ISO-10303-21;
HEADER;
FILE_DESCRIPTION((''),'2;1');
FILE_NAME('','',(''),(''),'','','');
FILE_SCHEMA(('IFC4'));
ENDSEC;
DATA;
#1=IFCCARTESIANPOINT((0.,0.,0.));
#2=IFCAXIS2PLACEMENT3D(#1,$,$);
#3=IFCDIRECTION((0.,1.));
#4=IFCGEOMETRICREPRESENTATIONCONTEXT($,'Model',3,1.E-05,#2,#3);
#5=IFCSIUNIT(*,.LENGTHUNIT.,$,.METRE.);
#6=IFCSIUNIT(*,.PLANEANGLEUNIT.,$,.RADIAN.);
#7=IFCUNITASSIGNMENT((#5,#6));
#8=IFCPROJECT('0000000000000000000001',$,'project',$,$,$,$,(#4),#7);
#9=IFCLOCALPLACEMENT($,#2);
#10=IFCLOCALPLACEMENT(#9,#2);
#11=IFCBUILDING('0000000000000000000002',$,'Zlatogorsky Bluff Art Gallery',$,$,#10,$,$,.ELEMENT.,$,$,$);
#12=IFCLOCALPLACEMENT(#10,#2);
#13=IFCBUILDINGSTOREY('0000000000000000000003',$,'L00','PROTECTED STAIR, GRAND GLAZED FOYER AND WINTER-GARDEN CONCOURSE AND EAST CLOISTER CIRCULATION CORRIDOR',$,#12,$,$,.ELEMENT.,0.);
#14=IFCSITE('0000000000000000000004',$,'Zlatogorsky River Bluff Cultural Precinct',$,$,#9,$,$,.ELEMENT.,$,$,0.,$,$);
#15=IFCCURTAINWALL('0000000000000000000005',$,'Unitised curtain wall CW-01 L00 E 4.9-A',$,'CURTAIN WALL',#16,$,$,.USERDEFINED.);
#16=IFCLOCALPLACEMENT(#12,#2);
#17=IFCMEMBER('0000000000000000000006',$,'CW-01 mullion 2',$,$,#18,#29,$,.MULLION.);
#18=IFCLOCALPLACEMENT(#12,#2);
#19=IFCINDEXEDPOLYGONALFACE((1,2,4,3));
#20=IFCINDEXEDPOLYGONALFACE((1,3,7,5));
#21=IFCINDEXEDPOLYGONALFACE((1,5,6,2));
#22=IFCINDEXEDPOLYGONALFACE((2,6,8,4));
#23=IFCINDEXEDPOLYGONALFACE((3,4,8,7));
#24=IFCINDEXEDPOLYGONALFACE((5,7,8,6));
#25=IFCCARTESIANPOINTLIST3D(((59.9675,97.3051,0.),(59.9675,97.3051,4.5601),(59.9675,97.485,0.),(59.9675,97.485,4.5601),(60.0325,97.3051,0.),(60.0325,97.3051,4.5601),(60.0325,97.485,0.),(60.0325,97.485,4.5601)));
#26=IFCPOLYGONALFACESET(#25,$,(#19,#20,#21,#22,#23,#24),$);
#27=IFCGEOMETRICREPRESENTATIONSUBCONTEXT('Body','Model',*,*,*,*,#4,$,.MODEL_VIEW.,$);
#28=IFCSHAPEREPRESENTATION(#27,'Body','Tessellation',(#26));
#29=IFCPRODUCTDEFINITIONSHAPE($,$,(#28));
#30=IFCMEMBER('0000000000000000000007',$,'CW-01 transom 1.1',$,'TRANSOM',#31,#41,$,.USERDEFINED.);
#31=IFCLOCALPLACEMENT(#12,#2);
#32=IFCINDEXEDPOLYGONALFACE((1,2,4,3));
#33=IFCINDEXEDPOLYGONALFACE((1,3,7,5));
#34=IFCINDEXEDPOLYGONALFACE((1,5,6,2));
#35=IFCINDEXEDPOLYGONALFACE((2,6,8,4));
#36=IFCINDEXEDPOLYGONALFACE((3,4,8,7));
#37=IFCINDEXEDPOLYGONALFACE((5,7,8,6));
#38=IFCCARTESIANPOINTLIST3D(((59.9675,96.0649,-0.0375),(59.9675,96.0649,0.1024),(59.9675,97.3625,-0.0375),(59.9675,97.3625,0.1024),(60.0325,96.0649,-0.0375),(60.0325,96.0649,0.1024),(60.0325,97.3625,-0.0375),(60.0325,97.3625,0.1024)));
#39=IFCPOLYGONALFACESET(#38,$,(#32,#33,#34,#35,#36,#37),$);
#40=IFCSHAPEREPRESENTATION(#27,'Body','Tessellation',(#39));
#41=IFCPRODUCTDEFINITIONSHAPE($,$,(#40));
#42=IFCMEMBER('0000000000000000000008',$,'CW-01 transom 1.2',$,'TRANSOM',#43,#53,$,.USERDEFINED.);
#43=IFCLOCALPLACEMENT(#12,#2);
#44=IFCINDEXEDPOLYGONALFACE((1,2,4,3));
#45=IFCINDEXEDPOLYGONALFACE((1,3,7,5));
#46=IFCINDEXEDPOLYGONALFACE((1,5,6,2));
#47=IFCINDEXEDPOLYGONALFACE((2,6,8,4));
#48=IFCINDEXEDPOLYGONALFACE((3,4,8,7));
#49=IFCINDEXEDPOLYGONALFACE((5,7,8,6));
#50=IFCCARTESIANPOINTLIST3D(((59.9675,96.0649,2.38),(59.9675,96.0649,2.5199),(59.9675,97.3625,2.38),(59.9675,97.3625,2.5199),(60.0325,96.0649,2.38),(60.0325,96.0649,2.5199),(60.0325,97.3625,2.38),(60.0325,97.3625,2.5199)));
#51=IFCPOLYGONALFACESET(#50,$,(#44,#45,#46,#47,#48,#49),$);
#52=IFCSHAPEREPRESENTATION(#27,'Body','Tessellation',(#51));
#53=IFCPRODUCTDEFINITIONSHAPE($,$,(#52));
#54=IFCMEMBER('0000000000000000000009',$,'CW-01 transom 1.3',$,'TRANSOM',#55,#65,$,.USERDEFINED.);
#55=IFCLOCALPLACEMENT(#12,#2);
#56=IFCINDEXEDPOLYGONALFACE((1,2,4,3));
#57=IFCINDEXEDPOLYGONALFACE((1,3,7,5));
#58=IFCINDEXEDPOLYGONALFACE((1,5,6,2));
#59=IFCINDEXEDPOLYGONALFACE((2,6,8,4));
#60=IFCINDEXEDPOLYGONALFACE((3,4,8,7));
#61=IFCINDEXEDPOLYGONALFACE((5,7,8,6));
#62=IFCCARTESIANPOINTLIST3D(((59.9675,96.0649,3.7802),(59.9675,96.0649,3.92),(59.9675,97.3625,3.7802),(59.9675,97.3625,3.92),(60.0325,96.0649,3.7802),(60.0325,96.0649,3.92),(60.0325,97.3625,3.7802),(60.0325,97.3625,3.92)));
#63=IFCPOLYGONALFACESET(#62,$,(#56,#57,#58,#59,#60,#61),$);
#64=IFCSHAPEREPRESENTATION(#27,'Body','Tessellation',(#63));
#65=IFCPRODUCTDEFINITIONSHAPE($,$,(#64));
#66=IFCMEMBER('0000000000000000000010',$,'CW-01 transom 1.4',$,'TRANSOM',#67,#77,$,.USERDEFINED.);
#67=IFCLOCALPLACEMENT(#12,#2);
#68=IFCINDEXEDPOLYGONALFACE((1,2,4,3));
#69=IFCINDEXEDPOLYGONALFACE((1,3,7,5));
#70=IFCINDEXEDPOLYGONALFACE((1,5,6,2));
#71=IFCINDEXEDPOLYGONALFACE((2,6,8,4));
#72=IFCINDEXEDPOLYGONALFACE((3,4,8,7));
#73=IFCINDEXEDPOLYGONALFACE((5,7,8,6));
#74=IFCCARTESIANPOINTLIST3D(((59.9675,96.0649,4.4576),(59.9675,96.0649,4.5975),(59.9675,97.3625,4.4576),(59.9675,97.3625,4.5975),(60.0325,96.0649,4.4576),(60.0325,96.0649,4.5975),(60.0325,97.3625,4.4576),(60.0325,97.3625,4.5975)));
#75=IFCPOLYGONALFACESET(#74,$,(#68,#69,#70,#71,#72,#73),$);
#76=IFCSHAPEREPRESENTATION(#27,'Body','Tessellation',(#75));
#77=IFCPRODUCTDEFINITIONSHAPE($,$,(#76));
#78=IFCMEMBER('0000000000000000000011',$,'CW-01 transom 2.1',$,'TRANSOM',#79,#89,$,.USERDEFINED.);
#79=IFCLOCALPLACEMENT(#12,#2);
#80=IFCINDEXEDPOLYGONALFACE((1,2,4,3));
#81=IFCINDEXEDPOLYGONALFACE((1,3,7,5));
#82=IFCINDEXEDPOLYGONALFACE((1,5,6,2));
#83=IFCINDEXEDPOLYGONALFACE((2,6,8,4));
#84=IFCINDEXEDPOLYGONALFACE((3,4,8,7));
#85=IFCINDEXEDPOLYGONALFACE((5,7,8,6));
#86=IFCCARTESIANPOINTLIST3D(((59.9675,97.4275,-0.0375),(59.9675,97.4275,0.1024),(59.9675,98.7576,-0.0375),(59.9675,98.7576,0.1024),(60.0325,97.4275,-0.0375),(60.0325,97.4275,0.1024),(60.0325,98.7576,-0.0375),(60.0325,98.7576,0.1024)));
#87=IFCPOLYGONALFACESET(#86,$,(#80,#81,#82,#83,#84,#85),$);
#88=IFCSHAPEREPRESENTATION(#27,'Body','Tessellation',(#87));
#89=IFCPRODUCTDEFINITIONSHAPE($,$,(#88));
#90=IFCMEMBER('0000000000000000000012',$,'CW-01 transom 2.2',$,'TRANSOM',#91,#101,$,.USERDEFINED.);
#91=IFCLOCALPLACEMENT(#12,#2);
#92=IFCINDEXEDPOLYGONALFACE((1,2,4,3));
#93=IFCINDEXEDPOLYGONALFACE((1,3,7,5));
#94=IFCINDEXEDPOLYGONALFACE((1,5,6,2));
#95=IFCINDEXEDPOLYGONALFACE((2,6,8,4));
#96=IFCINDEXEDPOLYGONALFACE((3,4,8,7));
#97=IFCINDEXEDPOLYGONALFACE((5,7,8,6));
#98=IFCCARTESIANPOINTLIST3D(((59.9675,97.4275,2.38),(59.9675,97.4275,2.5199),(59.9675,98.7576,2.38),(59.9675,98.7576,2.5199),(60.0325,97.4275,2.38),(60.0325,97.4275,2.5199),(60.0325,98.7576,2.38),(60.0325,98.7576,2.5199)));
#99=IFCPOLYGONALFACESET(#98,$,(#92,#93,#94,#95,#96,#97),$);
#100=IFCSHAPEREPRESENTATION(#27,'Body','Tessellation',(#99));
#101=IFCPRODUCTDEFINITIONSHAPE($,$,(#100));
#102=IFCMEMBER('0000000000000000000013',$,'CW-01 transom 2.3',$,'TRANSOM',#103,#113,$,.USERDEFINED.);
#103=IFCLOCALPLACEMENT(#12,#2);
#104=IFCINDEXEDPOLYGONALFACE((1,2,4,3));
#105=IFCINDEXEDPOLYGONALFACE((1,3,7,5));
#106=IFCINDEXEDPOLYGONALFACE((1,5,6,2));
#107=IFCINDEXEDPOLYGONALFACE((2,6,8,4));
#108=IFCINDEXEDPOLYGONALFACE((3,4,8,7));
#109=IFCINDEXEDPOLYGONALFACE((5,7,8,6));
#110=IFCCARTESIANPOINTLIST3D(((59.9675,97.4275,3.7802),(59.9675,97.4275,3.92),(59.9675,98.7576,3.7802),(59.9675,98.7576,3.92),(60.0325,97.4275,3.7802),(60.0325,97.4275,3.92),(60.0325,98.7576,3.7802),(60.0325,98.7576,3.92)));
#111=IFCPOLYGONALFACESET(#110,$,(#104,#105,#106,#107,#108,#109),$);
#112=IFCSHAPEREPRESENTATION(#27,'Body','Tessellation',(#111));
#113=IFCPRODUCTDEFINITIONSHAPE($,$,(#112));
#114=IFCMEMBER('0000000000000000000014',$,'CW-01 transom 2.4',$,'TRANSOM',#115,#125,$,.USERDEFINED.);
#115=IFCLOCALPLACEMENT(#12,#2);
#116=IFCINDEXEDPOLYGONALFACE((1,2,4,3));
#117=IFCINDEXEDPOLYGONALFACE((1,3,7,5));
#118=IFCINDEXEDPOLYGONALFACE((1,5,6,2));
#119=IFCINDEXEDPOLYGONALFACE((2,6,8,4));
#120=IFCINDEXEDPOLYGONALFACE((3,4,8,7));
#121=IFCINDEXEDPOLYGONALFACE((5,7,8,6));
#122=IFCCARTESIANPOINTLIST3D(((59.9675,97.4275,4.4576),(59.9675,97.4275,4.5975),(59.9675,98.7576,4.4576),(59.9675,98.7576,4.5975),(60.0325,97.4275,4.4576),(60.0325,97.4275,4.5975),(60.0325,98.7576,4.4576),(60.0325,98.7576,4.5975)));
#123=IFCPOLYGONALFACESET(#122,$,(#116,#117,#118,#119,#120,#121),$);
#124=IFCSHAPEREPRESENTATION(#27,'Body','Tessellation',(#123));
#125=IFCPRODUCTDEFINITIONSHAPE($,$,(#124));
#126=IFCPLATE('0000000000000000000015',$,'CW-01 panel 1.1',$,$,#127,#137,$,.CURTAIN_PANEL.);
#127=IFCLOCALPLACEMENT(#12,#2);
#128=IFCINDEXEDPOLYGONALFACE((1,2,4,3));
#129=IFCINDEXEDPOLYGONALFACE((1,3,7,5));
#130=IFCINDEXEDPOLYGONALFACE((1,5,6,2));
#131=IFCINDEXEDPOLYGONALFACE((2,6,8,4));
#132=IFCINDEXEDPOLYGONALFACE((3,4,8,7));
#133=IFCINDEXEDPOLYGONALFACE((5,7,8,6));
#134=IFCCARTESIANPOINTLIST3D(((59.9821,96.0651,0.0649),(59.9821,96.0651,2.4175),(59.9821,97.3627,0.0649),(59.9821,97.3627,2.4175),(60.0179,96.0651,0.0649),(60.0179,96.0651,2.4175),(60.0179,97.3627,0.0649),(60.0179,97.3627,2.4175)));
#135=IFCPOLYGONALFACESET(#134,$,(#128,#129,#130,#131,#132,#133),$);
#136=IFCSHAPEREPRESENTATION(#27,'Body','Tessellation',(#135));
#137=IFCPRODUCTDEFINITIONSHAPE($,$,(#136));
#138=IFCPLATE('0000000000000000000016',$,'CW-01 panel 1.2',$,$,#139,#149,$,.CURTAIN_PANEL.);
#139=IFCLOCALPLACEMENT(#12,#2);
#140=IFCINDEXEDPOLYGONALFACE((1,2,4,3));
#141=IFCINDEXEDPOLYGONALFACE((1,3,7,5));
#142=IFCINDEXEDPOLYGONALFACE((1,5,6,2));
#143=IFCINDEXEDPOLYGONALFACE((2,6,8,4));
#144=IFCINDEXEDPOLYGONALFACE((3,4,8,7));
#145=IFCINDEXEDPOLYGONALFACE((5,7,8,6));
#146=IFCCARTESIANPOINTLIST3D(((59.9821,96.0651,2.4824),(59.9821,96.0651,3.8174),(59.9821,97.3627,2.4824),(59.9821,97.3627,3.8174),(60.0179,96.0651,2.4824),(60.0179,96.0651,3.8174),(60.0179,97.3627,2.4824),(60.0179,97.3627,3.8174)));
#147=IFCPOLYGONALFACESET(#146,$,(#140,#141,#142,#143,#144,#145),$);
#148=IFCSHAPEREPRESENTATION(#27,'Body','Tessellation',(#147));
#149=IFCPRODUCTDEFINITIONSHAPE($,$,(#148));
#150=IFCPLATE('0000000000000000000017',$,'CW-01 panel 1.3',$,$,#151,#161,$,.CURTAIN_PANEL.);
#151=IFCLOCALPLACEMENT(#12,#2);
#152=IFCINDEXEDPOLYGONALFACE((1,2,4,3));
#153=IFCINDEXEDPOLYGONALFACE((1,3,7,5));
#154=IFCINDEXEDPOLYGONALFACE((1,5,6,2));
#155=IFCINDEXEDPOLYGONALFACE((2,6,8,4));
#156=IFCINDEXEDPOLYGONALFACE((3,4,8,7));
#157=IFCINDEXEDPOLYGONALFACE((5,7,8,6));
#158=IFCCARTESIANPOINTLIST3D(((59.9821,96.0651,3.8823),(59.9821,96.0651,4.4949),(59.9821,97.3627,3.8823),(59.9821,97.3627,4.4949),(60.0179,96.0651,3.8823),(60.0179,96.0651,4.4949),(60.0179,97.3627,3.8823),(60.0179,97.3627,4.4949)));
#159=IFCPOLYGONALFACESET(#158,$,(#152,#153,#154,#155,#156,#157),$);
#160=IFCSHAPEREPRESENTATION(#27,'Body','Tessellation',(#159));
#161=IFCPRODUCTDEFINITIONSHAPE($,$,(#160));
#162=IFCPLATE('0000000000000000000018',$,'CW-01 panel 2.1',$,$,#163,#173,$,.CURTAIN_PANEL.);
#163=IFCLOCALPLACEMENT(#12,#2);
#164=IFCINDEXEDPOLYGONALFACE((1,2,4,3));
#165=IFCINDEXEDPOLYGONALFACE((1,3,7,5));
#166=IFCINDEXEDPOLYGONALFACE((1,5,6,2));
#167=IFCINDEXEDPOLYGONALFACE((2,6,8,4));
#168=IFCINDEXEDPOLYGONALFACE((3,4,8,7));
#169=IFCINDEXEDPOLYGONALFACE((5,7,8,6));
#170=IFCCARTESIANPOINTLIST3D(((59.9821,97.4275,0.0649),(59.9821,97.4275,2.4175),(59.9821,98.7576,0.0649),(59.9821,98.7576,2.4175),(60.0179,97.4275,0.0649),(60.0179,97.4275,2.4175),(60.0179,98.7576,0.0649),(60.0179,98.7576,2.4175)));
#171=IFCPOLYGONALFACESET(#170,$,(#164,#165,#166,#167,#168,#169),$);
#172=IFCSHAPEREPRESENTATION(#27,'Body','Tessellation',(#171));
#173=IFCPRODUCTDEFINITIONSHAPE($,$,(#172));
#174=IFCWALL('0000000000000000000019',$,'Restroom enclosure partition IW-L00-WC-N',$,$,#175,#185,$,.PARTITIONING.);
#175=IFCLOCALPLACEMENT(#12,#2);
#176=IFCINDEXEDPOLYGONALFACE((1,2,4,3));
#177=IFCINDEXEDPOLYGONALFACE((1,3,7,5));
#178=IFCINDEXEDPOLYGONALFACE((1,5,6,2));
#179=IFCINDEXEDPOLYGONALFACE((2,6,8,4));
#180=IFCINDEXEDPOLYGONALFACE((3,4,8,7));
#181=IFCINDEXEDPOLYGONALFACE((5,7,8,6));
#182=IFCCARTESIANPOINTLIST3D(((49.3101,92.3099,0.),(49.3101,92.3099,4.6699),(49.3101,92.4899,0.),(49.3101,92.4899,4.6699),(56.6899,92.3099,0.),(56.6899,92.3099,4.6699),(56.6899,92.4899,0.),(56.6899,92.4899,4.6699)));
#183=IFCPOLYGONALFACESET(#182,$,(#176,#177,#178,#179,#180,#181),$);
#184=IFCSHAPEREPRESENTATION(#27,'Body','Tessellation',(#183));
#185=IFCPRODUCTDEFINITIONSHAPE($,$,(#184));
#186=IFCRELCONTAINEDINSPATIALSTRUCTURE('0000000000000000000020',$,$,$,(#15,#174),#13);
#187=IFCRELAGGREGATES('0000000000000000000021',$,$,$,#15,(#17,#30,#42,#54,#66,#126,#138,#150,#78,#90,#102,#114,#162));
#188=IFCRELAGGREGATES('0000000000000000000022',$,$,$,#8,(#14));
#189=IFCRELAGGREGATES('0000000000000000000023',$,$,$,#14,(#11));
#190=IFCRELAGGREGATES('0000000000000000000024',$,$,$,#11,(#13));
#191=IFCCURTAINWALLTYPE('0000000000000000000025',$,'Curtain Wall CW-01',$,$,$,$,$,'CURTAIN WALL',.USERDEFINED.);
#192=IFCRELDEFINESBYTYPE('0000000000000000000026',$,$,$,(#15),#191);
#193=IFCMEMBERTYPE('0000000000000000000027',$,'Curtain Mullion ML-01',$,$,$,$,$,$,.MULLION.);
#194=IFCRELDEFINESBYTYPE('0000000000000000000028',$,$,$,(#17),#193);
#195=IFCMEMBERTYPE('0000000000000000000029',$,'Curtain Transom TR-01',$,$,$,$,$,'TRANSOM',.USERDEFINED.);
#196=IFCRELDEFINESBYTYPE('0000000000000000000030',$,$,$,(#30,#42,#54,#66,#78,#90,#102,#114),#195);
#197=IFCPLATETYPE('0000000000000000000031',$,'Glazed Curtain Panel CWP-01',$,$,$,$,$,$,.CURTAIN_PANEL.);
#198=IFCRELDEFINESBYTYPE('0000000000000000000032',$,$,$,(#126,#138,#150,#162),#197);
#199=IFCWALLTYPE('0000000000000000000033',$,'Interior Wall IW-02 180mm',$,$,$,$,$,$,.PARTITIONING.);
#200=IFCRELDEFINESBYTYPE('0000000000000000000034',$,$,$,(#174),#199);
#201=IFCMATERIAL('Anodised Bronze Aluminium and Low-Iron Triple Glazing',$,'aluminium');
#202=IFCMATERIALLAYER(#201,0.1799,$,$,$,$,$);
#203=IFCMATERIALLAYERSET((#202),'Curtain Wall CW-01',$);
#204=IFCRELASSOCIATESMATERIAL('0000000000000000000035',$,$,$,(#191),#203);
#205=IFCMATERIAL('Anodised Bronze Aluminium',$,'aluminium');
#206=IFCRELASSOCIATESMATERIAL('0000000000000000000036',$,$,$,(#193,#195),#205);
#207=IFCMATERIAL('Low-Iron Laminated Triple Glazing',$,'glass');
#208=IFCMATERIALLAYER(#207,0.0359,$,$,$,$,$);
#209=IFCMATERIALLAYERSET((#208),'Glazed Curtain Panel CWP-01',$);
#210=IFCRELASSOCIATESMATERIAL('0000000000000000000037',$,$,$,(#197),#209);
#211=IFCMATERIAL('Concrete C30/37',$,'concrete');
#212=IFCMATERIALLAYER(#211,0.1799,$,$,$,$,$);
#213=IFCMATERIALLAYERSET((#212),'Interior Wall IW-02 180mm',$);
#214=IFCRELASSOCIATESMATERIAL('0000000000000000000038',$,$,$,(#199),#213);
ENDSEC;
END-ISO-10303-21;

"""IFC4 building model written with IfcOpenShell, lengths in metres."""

from ifc_helpers import new_model, si_unit, direction, frame, frame_2d, origin, origin_2d, place, context, subcontext, project, spatial, rectangle, extrude, material, layer, layer_set, material_profile, profile_set, type_object, element, aggregate, save


model = new_model("IFC4")

# Units and contexts
model_context = context("Model", 3, precision=1e-05, world=origin(), true_north=direction((0.0, 1.0)))
body_context = subcontext(model_context, "Body", "Model", "MODEL_VIEW")
ifc_project = project(units=[si_unit("LENGTHUNIT", "METRE"), si_unit("PLANEANGLEUNIT", "RADIAN")], contexts=[model_context])

# Site, building, storey
site_placement = place(None, origin())
site = spatial("IfcSite", under=ifc_project, at=site_placement, Name="Zlatogorsky River Bluff Cultural Precinct", CompositionType="ELEMENT", RefElevation=0.0)
building_placement = place(site_placement, origin())
building = spatial("IfcBuilding", under=site, at=building_placement, Name="Zlatogorsky Bluff Art Gallery", CompositionType="ELEMENT")
storey_placement = place(building_placement, origin())
storey = spatial("IfcBuildingStorey", under=building, at=storey_placement, Name="L00", Description="PROTECTED STAIR, GRAND GLAZED FOYER AND WINTER-GARDEN CONCOURSE AND EAST CLOISTER CIRCULATION CORRIDOR", CompositionType="ELEMENT", Elevation=0.0)

# Curtain wall, members, plates
ifc_material_1 = material(Name="Anodised Bronze Aluminium and Low-Iron Triple Glazing", Category="aluminium")
ifc_layer_1 = layer(ifc_material_1, 0.1799)
ifc_layer_set_1 = layer_set([ifc_layer_1], Name="Curtain Wall CW-01")
curtain_wall_type = type_object("IfcCurtainWallType", Name="Curtain Wall CW-01", ElementType="CURTAIN WALL", PredefinedType="USERDEFINED", material=ifc_layer_set_1)
curtain_wall_placement = place(storey_placement, origin())
curtain_wall = element("IfcCurtainWall", 1, at=curtain_wall_placement, inside=storey, type_object=curtain_wall_type, Name="Unitised curtain wall CW-01 L00 E 4.9-A", ObjectType="CURTAIN WALL", PredefinedType="USERDEFINED")
ifc_material_2 = material(Name="Anodised Bronze Aluminium", Category="aluminium")
ifc_material_profile_1 = material_profile(ifc_material_2, rectangle(XDim=0.0649, YDim=0.1799, at=origin_2d()), Name="ALU MULLION 65x180")
ifc_profile_set_1 = profile_set([ifc_material_profile_1], Name="Anodised Bronze Aluminium")
member_type_1 = type_object("IfcMemberType", Name="Curtain Mullion ML-01", PredefinedType="MULLION", material=ifc_profile_set_1)
member_1_placement = place(storey_placement, frame((60.0, 97.395, 0.0), z_axis=(0.0, 0.0, 1.0), x_axis=(-1.0, 0.0, 0.0)))
member_1 = element("IfcMember", 2, at=member_1_placement, type_object=member_type_1, Name="CW-01 mullion 2", PredefinedType="MULLION", context=body_context, shape_type="SweptSolid", body=[
    extrude(rectangle(XDim=0.0649, YDim=0.1799, at=origin_2d()), origin(), (0.0, 0.0, 1.0), 4.5601),
])
ifc_material_profile_2 = material_profile(ifc_material_2, rectangle(XDim=0.0649, YDim=0.1399, at=origin_2d()), Name="ALU TRANSOM 65x140")
ifc_profile_set_2 = profile_set([ifc_material_profile_2], Name="Anodised Bronze Aluminium")
member_type_2 = type_object("IfcMemberType", Name="Curtain Transom TR-01", ElementType="TRANSOM", PredefinedType="USERDEFINED", material=ifc_profile_set_2)
member_2_placement = place(storey_placement, frame((60.0, 96.0649, 0.0325), z_axis=(0.0, 1.0, 0.0), x_axis=(-1.0, 0.0, 0.0)))
member_2 = element("IfcMember", 3, at=member_2_placement, type_object=member_type_2, Name="CW-01 transom 1.1", ObjectType="TRANSOM", PredefinedType="USERDEFINED", context=body_context, shape_type="SweptSolid", body=[
    extrude(rectangle(XDim=0.0649, YDim=0.1399, at=origin_2d()), origin(), (0.0, 0.0, 1.0), 1.2976),
])
member_3_placement = place(storey_placement, frame((60.0, 96.0649, 2.45), z_axis=(0.0, 1.0, 0.0), x_axis=(-1.0, 0.0, 0.0)))
member_3 = element("IfcMember", 4, at=member_3_placement, type_object=member_type_2, Name="CW-01 transom 1.2", ObjectType="TRANSOM", PredefinedType="USERDEFINED", context=body_context, shape_type="SweptSolid", body=[
    extrude(rectangle(XDim=0.0649, YDim=0.1399, at=origin_2d()), origin(), (0.0, 0.0, 1.0), 1.2976),
])
member_4_placement = place(storey_placement, frame((60.0, 96.0649, 3.8501), z_axis=(0.0, 1.0, 0.0), x_axis=(-1.0, 0.0, 0.0)))
member_4 = element("IfcMember", 5, at=member_4_placement, type_object=member_type_2, Name="CW-01 transom 1.3", ObjectType="TRANSOM", PredefinedType="USERDEFINED", context=body_context, shape_type="SweptSolid", body=[
    extrude(rectangle(XDim=0.0649, YDim=0.1399, at=origin_2d()), origin(), (0.0, 0.0, 1.0), 1.2976),
])
member_5_placement = place(storey_placement, frame((60.0, 96.0649, 4.5276), z_axis=(0.0, 1.0, 0.0), x_axis=(-1.0, 0.0, 0.0)))
member_5 = element("IfcMember", 6, at=member_5_placement, type_object=member_type_2, Name="CW-01 transom 1.4", ObjectType="TRANSOM", PredefinedType="USERDEFINED", context=body_context, shape_type="SweptSolid", body=[
    extrude(rectangle(XDim=0.0649, YDim=0.1399, at=origin_2d()), origin(), (0.0, 0.0, 1.0), 1.2976),
])
member_6_placement = place(storey_placement, frame((60.0, 97.4275, 0.0325), z_axis=(0.0, 1.0, 0.0), x_axis=(-1.0, 0.0, 0.0)))
member_6 = element("IfcMember", 7, at=member_6_placement, type_object=member_type_2, Name="CW-01 transom 2.1", ObjectType="TRANSOM", PredefinedType="USERDEFINED", context=body_context, shape_type="SweptSolid", body=[
    extrude(rectangle(XDim=0.0649, YDim=0.1399, at=origin_2d()), origin(), (0.0, 0.0, 1.0), 1.3301),
])
member_7_placement = place(storey_placement, frame((60.0, 97.4275, 2.45), z_axis=(0.0, 1.0, 0.0), x_axis=(-1.0, 0.0, 0.0)))
member_7 = element("IfcMember", 8, at=member_7_placement, type_object=member_type_2, Name="CW-01 transom 2.2", ObjectType="TRANSOM", PredefinedType="USERDEFINED", context=body_context, shape_type="SweptSolid", body=[
    extrude(rectangle(XDim=0.0649, YDim=0.1399, at=origin_2d()), origin(), (0.0, 0.0, 1.0), 1.3301),
])
member_8_placement = place(storey_placement, frame((60.0, 97.4275, 3.8501), z_axis=(0.0, 1.0, 0.0), x_axis=(-1.0, 0.0, 0.0)))
member_8 = element("IfcMember", 9, at=member_8_placement, type_object=member_type_2, Name="CW-01 transom 2.3", ObjectType="TRANSOM", PredefinedType="USERDEFINED", context=body_context, shape_type="SweptSolid", body=[
    extrude(rectangle(XDim=0.0649, YDim=0.1399, at=origin_2d()), origin(), (0.0, 0.0, 1.0), 1.3301),
])
member_9_placement = place(storey_placement, frame((60.0, 97.4275, 4.5276), z_axis=(0.0, 1.0, 0.0), x_axis=(-1.0, 0.0, 0.0)))
member_9 = element("IfcMember", 10, at=member_9_placement, type_object=member_type_2, Name="CW-01 transom 2.4", ObjectType="TRANSOM", PredefinedType="USERDEFINED", context=body_context, shape_type="SweptSolid", body=[
    extrude(rectangle(XDim=0.0649, YDim=0.1399, at=origin_2d()), origin(), (0.0, 0.0, 1.0), 1.3301),
])
ifc_material_3 = material(Name="Low-Iron Laminated Triple Glazing", Category="glass")
ifc_layer_2 = layer(ifc_material_3, 0.0359)
ifc_layer_set_2 = layer_set([ifc_layer_2], Name="Glazed Curtain Panel CWP-01")
plate_type = type_object("IfcPlateType", Name="Glazed Curtain Panel CWP-01", PredefinedType="CURTAIN_PANEL", material=ifc_layer_set_2)
plate_1_placement = place(storey_placement, frame((60.0, 96.7139, 0.0649), z_axis=(0.0, 0.0, 1.0), x_axis=(0.0, 1.0, 0.0)))
plate_1 = element("IfcPlate", 11, at=plate_1_placement, type_object=plate_type, Name="CW-01 panel 1.1", PredefinedType="CURTAIN_PANEL", context=body_context, shape_type="SweptSolid", body=[
    extrude(rectangle(XDim=1.2976, YDim=0.0359, at=origin_2d()), origin(), (0.0, 0.0, 1.0), 2.3525),
])
plate_2_placement = place(storey_placement, frame((60.0, 96.7139, 2.4824), z_axis=(0.0, 0.0, 1.0), x_axis=(0.0, 1.0, 0.0)))
plate_2 = element("IfcPlate", 12, at=plate_2_placement, type_object=plate_type, Name="CW-01 panel 1.2", PredefinedType="CURTAIN_PANEL", context=body_context, shape_type="SweptSolid", body=[
    extrude(rectangle(XDim=1.2976, YDim=0.0359, at=origin_2d()), origin(), (0.0, 0.0, 1.0), 1.335),
])
plate_3_placement = place(storey_placement, frame((60.0, 96.7139, 3.8823), z_axis=(0.0, 0.0, 1.0), x_axis=(0.0, 1.0, 0.0)))
plate_3 = element("IfcPlate", 13, at=plate_3_placement, type_object=plate_type, Name="CW-01 panel 1.3", PredefinedType="CURTAIN_PANEL", context=body_context, shape_type="SweptSolid", body=[
    extrude(rectangle(XDim=1.2976, YDim=0.0359, at=origin_2d()), origin(), (0.0, 0.0, 1.0), 0.6125),
])
plate_4_placement = place(storey_placement, frame((60.0, 98.0925, 0.0649), z_axis=(0.0, 0.0, 1.0), x_axis=(0.0, 1.0, 0.0)))
plate_4 = element("IfcPlate", 14, at=plate_4_placement, type_object=plate_type, Name="CW-01 panel 2.1", PredefinedType="CURTAIN_PANEL", context=body_context, shape_type="SweptSolid", body=[
    extrude(rectangle(XDim=1.3301, YDim=0.0359, at=origin_2d()), origin(), (0.0, 0.0, 1.0), 2.3525),
])
aggregate(curtain_wall, [member_1, member_2, member_3, member_4, member_5, plate_1, plate_2, plate_3, member_6, member_7, member_8, member_9, plate_4])

# Wall
ifc_material_4 = material(Name="Concrete C30/37", Category="concrete")
ifc_layer_3 = layer(ifc_material_4, 0.1799)
ifc_layer_set_3 = layer_set([ifc_layer_3], Name="Interior Wall IW-02 180mm")
wall_type_1 = type_object("IfcWallType", Name="Interior Wall IW-02 180mm", PredefinedType="PARTITIONING", material=ifc_layer_set_3)
wall_1_placement = place(storey_placement, frame((49.3101, 92.3999, 0.0), z_axis=(0.0, 0.0, 1.0), x_axis=(1.0, 0.0, 0.0)))
element("IfcWall", 15, at=wall_1_placement, inside=storey, type_object=wall_type_1, Name="Restroom enclosure partition IW-L00-WC-N", PredefinedType="PARTITIONING", context=body_context, shape_type="SweptSolid", body=[
    extrude(rectangle(XDim=7.3799, YDim=0.1799, at=frame_2d((3.6899, 0.0))), origin(), (0.0, 0.0, 1.0), 4.6699),
])

save(model, "model.ifc")
